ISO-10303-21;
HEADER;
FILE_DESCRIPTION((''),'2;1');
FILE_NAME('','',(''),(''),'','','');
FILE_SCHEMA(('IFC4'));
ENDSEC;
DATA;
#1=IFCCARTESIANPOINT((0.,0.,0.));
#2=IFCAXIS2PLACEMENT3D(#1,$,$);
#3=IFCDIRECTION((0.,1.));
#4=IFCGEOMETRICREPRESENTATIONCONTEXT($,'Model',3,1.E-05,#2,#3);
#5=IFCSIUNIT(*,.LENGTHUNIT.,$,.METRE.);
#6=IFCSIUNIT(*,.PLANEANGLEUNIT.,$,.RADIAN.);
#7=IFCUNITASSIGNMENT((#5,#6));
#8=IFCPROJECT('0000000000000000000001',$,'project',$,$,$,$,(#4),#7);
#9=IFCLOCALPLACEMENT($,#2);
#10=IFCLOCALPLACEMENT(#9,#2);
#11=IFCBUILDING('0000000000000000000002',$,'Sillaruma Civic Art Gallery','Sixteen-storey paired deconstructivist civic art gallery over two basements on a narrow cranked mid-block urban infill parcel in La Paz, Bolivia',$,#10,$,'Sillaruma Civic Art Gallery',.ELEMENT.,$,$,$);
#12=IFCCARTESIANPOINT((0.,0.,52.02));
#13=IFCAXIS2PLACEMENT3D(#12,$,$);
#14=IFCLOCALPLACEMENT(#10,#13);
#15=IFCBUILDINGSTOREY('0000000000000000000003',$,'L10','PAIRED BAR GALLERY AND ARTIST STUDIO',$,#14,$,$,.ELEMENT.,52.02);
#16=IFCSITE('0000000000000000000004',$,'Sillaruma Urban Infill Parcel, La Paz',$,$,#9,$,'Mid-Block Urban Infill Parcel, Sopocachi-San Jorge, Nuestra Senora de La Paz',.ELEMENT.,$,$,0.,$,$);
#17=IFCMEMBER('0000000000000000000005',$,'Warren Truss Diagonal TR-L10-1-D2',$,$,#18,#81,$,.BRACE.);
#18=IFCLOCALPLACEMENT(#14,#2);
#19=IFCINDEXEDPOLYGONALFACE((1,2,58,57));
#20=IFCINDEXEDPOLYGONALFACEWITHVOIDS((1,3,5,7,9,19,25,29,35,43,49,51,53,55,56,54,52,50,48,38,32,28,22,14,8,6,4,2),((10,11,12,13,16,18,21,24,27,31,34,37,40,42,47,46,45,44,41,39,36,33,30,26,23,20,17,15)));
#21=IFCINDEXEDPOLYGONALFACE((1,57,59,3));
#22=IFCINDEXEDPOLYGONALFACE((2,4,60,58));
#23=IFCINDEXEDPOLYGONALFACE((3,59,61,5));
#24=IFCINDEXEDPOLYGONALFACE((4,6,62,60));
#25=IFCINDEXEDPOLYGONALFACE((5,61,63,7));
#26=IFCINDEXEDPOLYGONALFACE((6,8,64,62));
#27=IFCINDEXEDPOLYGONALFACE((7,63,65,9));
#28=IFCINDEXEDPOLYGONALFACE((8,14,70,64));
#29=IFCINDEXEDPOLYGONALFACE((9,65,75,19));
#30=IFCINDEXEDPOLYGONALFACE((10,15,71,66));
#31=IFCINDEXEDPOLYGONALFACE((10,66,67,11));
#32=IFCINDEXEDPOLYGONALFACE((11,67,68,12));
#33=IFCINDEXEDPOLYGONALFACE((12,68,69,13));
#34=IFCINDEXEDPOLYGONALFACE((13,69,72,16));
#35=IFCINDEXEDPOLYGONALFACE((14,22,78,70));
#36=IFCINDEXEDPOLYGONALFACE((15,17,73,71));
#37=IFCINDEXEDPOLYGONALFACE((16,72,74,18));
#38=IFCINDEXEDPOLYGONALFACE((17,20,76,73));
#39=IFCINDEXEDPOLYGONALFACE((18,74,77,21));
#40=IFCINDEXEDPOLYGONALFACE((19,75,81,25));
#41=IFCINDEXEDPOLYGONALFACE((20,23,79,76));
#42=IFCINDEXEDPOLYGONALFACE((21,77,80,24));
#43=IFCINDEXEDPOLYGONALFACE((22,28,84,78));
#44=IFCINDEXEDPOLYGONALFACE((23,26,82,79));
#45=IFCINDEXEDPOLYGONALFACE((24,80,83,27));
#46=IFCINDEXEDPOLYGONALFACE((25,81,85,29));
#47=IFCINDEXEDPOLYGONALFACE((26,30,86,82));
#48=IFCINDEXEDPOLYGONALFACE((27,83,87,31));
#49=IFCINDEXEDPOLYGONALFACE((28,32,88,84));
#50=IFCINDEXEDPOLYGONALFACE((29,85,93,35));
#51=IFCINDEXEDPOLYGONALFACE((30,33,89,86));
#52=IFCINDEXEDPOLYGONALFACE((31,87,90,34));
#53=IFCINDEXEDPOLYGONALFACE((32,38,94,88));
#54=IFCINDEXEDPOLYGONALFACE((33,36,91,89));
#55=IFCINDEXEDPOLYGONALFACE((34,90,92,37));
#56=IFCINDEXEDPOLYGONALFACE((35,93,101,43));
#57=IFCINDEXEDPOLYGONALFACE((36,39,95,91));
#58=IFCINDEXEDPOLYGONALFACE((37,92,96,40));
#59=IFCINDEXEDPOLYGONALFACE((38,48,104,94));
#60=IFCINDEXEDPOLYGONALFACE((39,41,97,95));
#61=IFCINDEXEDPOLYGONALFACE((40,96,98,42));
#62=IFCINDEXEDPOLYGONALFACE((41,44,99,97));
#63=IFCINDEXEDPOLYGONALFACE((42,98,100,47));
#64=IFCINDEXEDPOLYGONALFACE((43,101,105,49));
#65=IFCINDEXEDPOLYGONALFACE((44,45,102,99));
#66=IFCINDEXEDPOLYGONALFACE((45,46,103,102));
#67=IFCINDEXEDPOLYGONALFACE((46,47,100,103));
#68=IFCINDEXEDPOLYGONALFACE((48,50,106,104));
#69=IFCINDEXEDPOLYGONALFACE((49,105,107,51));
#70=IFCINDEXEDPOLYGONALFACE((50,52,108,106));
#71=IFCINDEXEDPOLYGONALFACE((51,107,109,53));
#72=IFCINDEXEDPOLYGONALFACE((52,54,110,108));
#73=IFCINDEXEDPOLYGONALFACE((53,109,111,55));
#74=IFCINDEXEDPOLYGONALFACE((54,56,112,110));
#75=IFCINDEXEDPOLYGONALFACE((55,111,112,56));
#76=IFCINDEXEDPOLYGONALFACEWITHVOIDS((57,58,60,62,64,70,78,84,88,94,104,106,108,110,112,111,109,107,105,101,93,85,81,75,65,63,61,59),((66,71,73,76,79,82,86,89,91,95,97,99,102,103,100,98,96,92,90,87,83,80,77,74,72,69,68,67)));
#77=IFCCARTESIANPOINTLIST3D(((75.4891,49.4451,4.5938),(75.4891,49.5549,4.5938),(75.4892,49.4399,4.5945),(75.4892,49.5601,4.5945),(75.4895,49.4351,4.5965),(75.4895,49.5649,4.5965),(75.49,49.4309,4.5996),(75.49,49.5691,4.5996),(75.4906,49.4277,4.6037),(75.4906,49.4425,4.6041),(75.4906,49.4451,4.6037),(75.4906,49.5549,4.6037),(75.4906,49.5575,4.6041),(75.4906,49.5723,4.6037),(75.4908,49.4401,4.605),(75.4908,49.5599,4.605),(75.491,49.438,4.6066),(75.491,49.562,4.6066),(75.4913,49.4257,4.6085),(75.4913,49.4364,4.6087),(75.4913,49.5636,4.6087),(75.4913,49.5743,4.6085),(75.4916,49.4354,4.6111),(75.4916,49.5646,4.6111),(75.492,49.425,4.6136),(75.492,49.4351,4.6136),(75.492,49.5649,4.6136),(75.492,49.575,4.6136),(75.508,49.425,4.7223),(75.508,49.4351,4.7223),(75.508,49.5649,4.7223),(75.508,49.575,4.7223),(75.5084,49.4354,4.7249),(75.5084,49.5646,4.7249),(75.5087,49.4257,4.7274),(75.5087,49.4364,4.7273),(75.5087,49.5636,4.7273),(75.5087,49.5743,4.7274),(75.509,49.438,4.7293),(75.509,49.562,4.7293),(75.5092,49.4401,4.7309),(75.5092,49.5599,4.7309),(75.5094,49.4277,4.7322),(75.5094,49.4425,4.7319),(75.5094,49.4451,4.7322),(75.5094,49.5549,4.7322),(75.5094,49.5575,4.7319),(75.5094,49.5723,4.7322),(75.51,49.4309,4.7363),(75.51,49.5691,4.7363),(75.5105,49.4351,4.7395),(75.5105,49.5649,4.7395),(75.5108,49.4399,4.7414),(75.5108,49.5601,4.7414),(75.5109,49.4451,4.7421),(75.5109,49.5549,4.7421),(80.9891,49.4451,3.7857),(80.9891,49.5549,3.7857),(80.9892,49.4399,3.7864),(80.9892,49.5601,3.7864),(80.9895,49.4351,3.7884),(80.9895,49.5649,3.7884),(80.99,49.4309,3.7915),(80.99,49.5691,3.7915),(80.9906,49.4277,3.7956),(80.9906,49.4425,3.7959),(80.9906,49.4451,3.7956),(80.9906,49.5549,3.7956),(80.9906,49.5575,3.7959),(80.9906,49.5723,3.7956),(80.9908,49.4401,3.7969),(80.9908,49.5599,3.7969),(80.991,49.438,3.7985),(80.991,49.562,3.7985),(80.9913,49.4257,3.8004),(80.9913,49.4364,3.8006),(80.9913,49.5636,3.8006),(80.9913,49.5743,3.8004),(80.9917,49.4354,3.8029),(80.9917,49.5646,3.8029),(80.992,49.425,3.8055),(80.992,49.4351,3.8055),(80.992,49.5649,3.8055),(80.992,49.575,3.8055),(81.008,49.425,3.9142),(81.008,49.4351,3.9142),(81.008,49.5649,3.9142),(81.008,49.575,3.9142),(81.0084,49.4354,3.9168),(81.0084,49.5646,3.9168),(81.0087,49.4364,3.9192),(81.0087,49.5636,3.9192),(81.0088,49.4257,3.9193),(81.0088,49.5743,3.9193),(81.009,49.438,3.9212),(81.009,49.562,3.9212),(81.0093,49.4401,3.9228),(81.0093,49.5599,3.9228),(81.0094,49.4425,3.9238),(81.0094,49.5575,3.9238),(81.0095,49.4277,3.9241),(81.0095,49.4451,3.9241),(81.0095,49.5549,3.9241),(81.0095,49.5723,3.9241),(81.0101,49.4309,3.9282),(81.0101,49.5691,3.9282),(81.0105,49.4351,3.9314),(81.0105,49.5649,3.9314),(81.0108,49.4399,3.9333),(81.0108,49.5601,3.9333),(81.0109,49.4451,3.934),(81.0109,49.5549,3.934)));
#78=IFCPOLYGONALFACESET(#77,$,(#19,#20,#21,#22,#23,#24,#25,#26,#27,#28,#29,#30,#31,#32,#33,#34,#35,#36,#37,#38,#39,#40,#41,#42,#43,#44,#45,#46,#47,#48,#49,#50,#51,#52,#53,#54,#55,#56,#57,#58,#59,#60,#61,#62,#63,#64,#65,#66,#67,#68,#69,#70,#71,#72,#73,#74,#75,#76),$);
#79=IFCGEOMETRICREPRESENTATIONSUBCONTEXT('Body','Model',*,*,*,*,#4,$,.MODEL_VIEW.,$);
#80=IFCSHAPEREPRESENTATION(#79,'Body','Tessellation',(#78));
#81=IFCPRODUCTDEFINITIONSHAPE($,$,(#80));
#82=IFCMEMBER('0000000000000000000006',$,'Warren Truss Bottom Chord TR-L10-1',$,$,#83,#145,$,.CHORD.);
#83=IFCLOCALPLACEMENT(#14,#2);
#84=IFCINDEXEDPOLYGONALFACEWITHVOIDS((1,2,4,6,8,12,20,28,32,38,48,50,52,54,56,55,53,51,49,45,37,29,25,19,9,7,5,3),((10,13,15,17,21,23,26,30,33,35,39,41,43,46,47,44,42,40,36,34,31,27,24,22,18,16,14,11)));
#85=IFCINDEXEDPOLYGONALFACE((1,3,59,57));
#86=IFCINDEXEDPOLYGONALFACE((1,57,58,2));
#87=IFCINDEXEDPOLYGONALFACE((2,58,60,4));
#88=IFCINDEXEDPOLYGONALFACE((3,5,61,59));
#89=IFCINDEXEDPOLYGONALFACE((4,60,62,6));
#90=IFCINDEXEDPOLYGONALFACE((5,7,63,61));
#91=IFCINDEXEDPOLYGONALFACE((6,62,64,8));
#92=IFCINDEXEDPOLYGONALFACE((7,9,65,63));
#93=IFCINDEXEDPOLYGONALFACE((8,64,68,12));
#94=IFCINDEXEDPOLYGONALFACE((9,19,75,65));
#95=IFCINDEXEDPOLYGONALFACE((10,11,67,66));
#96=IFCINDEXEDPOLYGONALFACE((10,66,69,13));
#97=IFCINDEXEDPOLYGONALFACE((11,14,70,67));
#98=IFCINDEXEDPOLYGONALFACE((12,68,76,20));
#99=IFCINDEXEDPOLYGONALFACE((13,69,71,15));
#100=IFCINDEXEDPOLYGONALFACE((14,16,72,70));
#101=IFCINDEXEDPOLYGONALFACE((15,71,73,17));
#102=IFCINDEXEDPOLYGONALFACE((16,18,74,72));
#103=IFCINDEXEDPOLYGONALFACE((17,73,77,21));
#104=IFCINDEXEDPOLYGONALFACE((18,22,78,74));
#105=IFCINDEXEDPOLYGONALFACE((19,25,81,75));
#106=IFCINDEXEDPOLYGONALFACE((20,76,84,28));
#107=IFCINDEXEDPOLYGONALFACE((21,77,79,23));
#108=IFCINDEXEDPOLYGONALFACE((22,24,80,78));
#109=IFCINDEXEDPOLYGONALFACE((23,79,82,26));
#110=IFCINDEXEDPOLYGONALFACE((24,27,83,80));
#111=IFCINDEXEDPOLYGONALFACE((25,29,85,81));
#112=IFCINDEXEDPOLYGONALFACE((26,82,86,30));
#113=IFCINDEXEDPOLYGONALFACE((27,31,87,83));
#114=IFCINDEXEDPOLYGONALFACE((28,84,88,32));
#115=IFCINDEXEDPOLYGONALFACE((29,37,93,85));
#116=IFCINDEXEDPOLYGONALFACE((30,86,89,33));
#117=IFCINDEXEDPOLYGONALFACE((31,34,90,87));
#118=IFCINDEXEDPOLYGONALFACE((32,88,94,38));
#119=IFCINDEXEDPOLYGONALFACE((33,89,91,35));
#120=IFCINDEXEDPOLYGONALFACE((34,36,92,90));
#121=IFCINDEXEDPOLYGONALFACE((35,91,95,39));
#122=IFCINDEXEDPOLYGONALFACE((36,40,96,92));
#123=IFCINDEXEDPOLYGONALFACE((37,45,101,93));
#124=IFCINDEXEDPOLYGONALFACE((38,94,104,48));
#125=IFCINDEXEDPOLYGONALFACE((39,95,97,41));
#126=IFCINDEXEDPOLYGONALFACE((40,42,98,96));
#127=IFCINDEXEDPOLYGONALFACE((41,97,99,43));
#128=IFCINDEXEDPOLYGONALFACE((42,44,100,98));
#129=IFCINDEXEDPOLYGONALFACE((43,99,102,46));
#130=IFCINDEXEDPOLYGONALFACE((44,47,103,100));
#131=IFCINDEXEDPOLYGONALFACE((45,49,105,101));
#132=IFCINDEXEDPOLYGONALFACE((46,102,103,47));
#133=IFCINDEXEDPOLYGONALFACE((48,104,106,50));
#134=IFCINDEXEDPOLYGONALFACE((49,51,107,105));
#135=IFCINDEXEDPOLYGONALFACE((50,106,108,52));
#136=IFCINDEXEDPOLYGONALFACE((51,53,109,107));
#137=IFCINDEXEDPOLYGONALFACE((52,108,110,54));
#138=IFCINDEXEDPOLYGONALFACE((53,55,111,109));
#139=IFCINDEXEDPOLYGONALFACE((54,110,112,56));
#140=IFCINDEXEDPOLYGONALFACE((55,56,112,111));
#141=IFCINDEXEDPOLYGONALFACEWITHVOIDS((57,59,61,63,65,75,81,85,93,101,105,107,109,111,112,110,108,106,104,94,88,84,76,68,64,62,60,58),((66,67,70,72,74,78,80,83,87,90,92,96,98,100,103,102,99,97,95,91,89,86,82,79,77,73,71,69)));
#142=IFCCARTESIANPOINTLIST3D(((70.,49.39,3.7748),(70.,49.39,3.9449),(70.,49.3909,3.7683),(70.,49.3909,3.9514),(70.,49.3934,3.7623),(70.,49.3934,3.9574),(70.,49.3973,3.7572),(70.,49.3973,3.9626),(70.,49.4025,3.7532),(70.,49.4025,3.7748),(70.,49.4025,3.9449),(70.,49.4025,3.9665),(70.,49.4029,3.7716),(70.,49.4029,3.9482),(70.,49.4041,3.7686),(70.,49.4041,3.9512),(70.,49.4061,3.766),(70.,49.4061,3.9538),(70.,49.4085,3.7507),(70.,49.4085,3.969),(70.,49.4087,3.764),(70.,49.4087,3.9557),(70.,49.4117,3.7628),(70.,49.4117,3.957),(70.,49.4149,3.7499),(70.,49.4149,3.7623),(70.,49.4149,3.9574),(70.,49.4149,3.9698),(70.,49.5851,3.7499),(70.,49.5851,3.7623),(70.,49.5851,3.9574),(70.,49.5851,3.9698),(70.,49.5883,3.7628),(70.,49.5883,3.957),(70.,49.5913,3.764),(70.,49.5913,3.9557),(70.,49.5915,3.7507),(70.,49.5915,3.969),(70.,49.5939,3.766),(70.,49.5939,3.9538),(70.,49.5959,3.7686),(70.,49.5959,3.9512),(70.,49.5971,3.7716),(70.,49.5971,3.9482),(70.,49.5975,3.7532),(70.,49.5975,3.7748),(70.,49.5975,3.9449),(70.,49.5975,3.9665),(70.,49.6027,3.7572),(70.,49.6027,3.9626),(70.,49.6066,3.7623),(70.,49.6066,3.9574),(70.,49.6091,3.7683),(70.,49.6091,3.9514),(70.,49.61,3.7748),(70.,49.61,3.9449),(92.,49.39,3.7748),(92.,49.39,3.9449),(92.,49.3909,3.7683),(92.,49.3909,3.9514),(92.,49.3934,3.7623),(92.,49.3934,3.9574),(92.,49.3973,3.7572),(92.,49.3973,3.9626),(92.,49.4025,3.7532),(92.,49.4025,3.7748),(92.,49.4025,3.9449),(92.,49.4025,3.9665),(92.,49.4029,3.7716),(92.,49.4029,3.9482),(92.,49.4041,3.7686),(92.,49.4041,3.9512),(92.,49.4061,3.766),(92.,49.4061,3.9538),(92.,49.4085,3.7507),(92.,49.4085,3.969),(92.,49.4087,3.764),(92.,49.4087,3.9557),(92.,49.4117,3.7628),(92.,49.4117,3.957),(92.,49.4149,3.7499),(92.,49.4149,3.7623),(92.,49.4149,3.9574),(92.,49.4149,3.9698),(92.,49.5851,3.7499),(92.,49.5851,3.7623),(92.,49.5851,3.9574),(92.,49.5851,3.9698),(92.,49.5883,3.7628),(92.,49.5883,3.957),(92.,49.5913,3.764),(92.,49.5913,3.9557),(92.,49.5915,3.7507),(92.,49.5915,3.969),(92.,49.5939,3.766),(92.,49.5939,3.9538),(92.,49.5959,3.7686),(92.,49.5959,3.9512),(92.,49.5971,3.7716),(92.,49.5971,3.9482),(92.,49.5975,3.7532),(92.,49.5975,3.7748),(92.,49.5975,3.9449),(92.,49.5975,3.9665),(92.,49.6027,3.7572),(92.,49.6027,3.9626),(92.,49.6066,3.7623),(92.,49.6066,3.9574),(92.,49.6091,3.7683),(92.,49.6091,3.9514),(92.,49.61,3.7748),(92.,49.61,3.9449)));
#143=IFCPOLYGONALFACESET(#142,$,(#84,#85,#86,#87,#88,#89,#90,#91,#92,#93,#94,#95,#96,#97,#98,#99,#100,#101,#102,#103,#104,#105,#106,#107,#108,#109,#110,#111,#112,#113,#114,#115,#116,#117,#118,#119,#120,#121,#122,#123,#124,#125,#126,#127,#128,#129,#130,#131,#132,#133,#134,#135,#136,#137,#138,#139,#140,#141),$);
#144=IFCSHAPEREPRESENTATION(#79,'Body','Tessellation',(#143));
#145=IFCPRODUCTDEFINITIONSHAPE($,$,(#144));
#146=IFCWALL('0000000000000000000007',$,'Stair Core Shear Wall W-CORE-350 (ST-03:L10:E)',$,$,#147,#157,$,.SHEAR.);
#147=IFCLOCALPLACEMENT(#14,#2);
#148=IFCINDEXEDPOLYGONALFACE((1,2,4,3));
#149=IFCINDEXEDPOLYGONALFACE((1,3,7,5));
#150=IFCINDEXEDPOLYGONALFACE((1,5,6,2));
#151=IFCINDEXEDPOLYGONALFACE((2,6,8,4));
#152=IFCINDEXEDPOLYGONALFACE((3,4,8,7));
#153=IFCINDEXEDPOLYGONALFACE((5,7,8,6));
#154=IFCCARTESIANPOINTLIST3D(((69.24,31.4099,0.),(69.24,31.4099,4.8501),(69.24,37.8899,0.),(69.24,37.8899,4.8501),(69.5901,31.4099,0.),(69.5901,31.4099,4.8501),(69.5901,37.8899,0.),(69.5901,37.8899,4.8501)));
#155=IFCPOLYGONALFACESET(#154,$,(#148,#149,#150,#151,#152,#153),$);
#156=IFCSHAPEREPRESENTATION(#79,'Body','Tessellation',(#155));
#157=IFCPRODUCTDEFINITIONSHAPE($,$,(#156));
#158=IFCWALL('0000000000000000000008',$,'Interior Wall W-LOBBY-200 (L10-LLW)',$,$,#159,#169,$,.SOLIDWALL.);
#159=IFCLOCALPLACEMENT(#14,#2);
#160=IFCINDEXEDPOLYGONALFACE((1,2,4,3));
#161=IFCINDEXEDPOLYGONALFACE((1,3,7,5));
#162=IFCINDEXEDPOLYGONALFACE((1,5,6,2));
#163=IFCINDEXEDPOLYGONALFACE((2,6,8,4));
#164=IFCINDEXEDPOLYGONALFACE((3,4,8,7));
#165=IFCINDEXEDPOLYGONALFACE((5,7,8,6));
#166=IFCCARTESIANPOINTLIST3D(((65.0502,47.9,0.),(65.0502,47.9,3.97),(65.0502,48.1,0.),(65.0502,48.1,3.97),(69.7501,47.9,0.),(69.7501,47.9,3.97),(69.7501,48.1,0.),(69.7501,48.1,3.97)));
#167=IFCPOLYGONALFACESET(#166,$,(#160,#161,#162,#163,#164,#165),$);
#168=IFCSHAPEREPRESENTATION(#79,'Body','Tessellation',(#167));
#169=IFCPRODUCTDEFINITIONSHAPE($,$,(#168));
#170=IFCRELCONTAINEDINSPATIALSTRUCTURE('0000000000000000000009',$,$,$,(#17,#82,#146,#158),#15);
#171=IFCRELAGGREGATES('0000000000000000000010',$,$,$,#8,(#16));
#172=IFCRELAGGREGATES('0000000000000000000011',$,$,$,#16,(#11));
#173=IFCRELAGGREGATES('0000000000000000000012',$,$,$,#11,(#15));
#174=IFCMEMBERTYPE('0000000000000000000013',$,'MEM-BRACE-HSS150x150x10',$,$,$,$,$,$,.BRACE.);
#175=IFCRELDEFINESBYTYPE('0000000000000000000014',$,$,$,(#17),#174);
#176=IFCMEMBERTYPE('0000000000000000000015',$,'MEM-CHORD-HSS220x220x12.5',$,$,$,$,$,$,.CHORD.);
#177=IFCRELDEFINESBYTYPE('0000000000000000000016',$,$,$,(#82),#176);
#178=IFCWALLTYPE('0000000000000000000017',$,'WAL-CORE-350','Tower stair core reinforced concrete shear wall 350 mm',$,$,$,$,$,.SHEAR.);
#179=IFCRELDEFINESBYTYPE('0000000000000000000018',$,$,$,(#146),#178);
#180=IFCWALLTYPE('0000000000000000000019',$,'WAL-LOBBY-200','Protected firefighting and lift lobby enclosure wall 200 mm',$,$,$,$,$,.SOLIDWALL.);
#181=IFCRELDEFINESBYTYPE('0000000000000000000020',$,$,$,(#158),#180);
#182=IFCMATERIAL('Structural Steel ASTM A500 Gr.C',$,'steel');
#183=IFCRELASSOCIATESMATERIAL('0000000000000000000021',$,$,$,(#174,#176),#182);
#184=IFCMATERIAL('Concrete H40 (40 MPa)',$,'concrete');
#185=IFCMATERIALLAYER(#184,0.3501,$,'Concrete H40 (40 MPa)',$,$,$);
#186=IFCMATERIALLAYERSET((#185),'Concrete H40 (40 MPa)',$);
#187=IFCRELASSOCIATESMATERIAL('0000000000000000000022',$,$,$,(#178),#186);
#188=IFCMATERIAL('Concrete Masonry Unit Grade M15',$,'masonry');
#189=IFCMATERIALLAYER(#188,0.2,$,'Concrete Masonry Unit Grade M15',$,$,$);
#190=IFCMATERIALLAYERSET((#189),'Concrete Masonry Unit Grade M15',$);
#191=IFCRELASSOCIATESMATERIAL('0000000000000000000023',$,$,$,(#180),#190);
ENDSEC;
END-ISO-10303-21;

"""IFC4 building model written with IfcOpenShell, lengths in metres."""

from ifc_helpers import new_model, si_unit, direction, frame, frame_2d, origin, origin_2d, place, context, subcontext, project, spatial, rectangle, hollow_rectangle, extrude, material, layer, layer_set, material_profile, profile_set, type_object, element, save


model = new_model("IFC4")

# Units and contexts
model_context = context("Model", 3, precision=1e-05, world=origin(), true_north=direction((0.0, 1.0)))
body_context = subcontext(model_context, "Body", "Model", "MODEL_VIEW")
ifc_project = project(units=[si_unit("LENGTHUNIT", "METRE"), si_unit("PLANEANGLEUNIT", "RADIAN")], contexts=[model_context])

# Site, building, storey
site_placement = place(None, origin())
site = spatial("IfcSite", under=ifc_project, at=site_placement, Name="Sillaruma Urban Infill Parcel, La Paz", LongName="Mid-Block Urban Infill Parcel, Sopocachi-San Jorge, Nuestra Senora de La Paz", CompositionType="ELEMENT", RefElevation=0.0)
building_placement = place(site_placement, origin())
building = spatial("IfcBuilding", under=site, at=building_placement, Name="Sillaruma Civic Art Gallery", Description="Sixteen-storey paired deconstructivist civic art gallery over two basements on a narrow cranked mid-block urban infill parcel in La Paz, Bolivia", LongName="Sillaruma Civic Art Gallery", CompositionType="ELEMENT")
storey_placement = place(building_placement, frame((0.0, 0.0, 52.02)))
storey = spatial("IfcBuildingStorey", under=building, at=storey_placement, Name="L10", Description="PAIRED BAR GALLERY AND ARTIST STUDIO", CompositionType="ELEMENT", Elevation=52.02)

# Shared definitions
ifc_material_1 = material(Name="Concrete H40 (40 MPa)", Category="concrete")

# Shared definitions
ifc_material_2 = material(Name="Structural Steel ASTM A500 Gr.C", Category="steel")

# Members
ifc_material_profile_1 = material_profile(ifc_material_2, hollow_rectangle(XDim=0.1499, YDim=0.1499, WallThickness=0.01, InnerFilletRadius=0.01, OuterFilletRadius=0.02, at=origin_2d()), Name="HSS150x150x10")
ifc_profile_set_1 = profile_set([ifc_material_profile_1], Name="Structural Steel ASTM A500 Gr.C")
member_type_1 = type_object("IfcMemberType", Name="MEM-BRACE-HSS150x150x10", PredefinedType="BRACE", material=ifc_profile_set_1)
for number, where, z_axis, x_axis, name in (
    (1, (75.5, 49.5, 4.668), (0.989378, 0.0, -0.145368), (0.0, 1.0, 0.0), "Warren Truss Diagonal TR-L10-1-D2"),
):
    element("IfcMember", number, at=place(storey_placement, frame(where, z_axis=z_axis, x_axis=x_axis)), inside=storey, type_object=member_type_1, Name=name, PredefinedType="BRACE", context=body_context, shape_type="SweptSolid", body=[
        extrude(hollow_rectangle(XDim=0.1499, YDim=0.1499, WallThickness=0.01, InnerFilletRadius=0.01, OuterFilletRadius=0.02, at=origin_2d()), origin(), (0.0, 0.0, 1.0), 5.5591),
    ])
ifc_material_profile_2 = material_profile(ifc_material_2, hollow_rectangle(XDim=0.22, YDim=0.22, WallThickness=0.0125, InnerFilletRadius=0.0125, OuterFilletRadius=0.0249, at=origin_2d()), Name="HSS220x220x12.5")
ifc_profile_set_2 = profile_set([ifc_material_profile_2], Name="Structural Steel ASTM A500 Gr.C")
member_type_2 = type_object("IfcMemberType", Name="MEM-CHORD-HSS220x220x12.5", PredefinedType="CHORD", material=ifc_profile_set_2)
member_placement = place(storey_placement, frame((70.0, 49.5, 3.8599), z_axis=(1.0, 0.0, 0.0), x_axis=(0.0, 1.0, 0.0)))
element("IfcMember", 2, at=member_placement, inside=storey, type_object=member_type_2, Name="Warren Truss Bottom Chord TR-L10-1", PredefinedType="CHORD", context=body_context, shape_type="SweptSolid", body=[
    extrude(hollow_rectangle(XDim=0.22, YDim=0.22, WallThickness=0.0125, InnerFilletRadius=0.0125, OuterFilletRadius=0.0249, at=origin_2d()), origin(), (0.0, 0.0, 1.0), 22.0),
])

# Walls
ifc_layer_1 = layer(ifc_material_1, 0.3501, Name="Concrete H40 (40 MPa)")
ifc_layer_set_1 = layer_set([ifc_layer_1], Name="Concrete H40 (40 MPa)")
wall_type_1 = type_object("IfcWallType", Name="WAL-CORE-350", Description="Tower stair core reinforced concrete shear wall 350 mm", PredefinedType="SHEAR", material=ifc_layer_set_1)
wall_1_placement = place(storey_placement, frame((69.415, 31.4099, 0.0), z_axis=(0.0, 0.0, 1.0), x_axis=(0.0, 1.0, 0.0)))
element("IfcWall", 3, at=wall_1_placement, inside=storey, type_object=wall_type_1, Name="Stair Core Shear Wall W-CORE-350 (ST-03:L10:E)", PredefinedType="SHEAR", context=body_context, shape_type="SweptSolid", body=[
    extrude(rectangle(XDim=6.48, YDim=0.3501, at=frame_2d((3.24, 0.0))), origin(), (0.0, 0.0, 1.0), 4.8501),
])
ifc_material_3 = material(Name="Concrete Masonry Unit Grade M15", Category="masonry")
ifc_layer_2 = layer(ifc_material_3, 0.2, Name="Concrete Masonry Unit Grade M15")
ifc_layer_set_2 = layer_set([ifc_layer_2], Name="Concrete Masonry Unit Grade M15")
wall_type_2 = type_object("IfcWallType", Name="WAL-LOBBY-200", Description="Protected firefighting and lift lobby enclosure wall 200 mm", PredefinedType="SOLIDWALL", material=ifc_layer_set_2)
wall_2_placement = place(storey_placement, frame((65.05, 48.0, 0.0), z_axis=(0.0, 0.0, 1.0), x_axis=(1.0, 0.0, 0.0)))
element("IfcWall", 4, at=wall_2_placement, inside=storey, type_object=wall_type_2, Name="Interior Wall W-LOBBY-200 (L10-LLW)", PredefinedType="SOLIDWALL", context=body_context, shape_type="SweptSolid", body=[
    extrude(rectangle(XDim=4.7, YDim=0.2, at=frame_2d((2.3501, 0.0))), origin(), (0.0, 0.0, 1.0), 3.97),
])

save(model, "model.ifc")
